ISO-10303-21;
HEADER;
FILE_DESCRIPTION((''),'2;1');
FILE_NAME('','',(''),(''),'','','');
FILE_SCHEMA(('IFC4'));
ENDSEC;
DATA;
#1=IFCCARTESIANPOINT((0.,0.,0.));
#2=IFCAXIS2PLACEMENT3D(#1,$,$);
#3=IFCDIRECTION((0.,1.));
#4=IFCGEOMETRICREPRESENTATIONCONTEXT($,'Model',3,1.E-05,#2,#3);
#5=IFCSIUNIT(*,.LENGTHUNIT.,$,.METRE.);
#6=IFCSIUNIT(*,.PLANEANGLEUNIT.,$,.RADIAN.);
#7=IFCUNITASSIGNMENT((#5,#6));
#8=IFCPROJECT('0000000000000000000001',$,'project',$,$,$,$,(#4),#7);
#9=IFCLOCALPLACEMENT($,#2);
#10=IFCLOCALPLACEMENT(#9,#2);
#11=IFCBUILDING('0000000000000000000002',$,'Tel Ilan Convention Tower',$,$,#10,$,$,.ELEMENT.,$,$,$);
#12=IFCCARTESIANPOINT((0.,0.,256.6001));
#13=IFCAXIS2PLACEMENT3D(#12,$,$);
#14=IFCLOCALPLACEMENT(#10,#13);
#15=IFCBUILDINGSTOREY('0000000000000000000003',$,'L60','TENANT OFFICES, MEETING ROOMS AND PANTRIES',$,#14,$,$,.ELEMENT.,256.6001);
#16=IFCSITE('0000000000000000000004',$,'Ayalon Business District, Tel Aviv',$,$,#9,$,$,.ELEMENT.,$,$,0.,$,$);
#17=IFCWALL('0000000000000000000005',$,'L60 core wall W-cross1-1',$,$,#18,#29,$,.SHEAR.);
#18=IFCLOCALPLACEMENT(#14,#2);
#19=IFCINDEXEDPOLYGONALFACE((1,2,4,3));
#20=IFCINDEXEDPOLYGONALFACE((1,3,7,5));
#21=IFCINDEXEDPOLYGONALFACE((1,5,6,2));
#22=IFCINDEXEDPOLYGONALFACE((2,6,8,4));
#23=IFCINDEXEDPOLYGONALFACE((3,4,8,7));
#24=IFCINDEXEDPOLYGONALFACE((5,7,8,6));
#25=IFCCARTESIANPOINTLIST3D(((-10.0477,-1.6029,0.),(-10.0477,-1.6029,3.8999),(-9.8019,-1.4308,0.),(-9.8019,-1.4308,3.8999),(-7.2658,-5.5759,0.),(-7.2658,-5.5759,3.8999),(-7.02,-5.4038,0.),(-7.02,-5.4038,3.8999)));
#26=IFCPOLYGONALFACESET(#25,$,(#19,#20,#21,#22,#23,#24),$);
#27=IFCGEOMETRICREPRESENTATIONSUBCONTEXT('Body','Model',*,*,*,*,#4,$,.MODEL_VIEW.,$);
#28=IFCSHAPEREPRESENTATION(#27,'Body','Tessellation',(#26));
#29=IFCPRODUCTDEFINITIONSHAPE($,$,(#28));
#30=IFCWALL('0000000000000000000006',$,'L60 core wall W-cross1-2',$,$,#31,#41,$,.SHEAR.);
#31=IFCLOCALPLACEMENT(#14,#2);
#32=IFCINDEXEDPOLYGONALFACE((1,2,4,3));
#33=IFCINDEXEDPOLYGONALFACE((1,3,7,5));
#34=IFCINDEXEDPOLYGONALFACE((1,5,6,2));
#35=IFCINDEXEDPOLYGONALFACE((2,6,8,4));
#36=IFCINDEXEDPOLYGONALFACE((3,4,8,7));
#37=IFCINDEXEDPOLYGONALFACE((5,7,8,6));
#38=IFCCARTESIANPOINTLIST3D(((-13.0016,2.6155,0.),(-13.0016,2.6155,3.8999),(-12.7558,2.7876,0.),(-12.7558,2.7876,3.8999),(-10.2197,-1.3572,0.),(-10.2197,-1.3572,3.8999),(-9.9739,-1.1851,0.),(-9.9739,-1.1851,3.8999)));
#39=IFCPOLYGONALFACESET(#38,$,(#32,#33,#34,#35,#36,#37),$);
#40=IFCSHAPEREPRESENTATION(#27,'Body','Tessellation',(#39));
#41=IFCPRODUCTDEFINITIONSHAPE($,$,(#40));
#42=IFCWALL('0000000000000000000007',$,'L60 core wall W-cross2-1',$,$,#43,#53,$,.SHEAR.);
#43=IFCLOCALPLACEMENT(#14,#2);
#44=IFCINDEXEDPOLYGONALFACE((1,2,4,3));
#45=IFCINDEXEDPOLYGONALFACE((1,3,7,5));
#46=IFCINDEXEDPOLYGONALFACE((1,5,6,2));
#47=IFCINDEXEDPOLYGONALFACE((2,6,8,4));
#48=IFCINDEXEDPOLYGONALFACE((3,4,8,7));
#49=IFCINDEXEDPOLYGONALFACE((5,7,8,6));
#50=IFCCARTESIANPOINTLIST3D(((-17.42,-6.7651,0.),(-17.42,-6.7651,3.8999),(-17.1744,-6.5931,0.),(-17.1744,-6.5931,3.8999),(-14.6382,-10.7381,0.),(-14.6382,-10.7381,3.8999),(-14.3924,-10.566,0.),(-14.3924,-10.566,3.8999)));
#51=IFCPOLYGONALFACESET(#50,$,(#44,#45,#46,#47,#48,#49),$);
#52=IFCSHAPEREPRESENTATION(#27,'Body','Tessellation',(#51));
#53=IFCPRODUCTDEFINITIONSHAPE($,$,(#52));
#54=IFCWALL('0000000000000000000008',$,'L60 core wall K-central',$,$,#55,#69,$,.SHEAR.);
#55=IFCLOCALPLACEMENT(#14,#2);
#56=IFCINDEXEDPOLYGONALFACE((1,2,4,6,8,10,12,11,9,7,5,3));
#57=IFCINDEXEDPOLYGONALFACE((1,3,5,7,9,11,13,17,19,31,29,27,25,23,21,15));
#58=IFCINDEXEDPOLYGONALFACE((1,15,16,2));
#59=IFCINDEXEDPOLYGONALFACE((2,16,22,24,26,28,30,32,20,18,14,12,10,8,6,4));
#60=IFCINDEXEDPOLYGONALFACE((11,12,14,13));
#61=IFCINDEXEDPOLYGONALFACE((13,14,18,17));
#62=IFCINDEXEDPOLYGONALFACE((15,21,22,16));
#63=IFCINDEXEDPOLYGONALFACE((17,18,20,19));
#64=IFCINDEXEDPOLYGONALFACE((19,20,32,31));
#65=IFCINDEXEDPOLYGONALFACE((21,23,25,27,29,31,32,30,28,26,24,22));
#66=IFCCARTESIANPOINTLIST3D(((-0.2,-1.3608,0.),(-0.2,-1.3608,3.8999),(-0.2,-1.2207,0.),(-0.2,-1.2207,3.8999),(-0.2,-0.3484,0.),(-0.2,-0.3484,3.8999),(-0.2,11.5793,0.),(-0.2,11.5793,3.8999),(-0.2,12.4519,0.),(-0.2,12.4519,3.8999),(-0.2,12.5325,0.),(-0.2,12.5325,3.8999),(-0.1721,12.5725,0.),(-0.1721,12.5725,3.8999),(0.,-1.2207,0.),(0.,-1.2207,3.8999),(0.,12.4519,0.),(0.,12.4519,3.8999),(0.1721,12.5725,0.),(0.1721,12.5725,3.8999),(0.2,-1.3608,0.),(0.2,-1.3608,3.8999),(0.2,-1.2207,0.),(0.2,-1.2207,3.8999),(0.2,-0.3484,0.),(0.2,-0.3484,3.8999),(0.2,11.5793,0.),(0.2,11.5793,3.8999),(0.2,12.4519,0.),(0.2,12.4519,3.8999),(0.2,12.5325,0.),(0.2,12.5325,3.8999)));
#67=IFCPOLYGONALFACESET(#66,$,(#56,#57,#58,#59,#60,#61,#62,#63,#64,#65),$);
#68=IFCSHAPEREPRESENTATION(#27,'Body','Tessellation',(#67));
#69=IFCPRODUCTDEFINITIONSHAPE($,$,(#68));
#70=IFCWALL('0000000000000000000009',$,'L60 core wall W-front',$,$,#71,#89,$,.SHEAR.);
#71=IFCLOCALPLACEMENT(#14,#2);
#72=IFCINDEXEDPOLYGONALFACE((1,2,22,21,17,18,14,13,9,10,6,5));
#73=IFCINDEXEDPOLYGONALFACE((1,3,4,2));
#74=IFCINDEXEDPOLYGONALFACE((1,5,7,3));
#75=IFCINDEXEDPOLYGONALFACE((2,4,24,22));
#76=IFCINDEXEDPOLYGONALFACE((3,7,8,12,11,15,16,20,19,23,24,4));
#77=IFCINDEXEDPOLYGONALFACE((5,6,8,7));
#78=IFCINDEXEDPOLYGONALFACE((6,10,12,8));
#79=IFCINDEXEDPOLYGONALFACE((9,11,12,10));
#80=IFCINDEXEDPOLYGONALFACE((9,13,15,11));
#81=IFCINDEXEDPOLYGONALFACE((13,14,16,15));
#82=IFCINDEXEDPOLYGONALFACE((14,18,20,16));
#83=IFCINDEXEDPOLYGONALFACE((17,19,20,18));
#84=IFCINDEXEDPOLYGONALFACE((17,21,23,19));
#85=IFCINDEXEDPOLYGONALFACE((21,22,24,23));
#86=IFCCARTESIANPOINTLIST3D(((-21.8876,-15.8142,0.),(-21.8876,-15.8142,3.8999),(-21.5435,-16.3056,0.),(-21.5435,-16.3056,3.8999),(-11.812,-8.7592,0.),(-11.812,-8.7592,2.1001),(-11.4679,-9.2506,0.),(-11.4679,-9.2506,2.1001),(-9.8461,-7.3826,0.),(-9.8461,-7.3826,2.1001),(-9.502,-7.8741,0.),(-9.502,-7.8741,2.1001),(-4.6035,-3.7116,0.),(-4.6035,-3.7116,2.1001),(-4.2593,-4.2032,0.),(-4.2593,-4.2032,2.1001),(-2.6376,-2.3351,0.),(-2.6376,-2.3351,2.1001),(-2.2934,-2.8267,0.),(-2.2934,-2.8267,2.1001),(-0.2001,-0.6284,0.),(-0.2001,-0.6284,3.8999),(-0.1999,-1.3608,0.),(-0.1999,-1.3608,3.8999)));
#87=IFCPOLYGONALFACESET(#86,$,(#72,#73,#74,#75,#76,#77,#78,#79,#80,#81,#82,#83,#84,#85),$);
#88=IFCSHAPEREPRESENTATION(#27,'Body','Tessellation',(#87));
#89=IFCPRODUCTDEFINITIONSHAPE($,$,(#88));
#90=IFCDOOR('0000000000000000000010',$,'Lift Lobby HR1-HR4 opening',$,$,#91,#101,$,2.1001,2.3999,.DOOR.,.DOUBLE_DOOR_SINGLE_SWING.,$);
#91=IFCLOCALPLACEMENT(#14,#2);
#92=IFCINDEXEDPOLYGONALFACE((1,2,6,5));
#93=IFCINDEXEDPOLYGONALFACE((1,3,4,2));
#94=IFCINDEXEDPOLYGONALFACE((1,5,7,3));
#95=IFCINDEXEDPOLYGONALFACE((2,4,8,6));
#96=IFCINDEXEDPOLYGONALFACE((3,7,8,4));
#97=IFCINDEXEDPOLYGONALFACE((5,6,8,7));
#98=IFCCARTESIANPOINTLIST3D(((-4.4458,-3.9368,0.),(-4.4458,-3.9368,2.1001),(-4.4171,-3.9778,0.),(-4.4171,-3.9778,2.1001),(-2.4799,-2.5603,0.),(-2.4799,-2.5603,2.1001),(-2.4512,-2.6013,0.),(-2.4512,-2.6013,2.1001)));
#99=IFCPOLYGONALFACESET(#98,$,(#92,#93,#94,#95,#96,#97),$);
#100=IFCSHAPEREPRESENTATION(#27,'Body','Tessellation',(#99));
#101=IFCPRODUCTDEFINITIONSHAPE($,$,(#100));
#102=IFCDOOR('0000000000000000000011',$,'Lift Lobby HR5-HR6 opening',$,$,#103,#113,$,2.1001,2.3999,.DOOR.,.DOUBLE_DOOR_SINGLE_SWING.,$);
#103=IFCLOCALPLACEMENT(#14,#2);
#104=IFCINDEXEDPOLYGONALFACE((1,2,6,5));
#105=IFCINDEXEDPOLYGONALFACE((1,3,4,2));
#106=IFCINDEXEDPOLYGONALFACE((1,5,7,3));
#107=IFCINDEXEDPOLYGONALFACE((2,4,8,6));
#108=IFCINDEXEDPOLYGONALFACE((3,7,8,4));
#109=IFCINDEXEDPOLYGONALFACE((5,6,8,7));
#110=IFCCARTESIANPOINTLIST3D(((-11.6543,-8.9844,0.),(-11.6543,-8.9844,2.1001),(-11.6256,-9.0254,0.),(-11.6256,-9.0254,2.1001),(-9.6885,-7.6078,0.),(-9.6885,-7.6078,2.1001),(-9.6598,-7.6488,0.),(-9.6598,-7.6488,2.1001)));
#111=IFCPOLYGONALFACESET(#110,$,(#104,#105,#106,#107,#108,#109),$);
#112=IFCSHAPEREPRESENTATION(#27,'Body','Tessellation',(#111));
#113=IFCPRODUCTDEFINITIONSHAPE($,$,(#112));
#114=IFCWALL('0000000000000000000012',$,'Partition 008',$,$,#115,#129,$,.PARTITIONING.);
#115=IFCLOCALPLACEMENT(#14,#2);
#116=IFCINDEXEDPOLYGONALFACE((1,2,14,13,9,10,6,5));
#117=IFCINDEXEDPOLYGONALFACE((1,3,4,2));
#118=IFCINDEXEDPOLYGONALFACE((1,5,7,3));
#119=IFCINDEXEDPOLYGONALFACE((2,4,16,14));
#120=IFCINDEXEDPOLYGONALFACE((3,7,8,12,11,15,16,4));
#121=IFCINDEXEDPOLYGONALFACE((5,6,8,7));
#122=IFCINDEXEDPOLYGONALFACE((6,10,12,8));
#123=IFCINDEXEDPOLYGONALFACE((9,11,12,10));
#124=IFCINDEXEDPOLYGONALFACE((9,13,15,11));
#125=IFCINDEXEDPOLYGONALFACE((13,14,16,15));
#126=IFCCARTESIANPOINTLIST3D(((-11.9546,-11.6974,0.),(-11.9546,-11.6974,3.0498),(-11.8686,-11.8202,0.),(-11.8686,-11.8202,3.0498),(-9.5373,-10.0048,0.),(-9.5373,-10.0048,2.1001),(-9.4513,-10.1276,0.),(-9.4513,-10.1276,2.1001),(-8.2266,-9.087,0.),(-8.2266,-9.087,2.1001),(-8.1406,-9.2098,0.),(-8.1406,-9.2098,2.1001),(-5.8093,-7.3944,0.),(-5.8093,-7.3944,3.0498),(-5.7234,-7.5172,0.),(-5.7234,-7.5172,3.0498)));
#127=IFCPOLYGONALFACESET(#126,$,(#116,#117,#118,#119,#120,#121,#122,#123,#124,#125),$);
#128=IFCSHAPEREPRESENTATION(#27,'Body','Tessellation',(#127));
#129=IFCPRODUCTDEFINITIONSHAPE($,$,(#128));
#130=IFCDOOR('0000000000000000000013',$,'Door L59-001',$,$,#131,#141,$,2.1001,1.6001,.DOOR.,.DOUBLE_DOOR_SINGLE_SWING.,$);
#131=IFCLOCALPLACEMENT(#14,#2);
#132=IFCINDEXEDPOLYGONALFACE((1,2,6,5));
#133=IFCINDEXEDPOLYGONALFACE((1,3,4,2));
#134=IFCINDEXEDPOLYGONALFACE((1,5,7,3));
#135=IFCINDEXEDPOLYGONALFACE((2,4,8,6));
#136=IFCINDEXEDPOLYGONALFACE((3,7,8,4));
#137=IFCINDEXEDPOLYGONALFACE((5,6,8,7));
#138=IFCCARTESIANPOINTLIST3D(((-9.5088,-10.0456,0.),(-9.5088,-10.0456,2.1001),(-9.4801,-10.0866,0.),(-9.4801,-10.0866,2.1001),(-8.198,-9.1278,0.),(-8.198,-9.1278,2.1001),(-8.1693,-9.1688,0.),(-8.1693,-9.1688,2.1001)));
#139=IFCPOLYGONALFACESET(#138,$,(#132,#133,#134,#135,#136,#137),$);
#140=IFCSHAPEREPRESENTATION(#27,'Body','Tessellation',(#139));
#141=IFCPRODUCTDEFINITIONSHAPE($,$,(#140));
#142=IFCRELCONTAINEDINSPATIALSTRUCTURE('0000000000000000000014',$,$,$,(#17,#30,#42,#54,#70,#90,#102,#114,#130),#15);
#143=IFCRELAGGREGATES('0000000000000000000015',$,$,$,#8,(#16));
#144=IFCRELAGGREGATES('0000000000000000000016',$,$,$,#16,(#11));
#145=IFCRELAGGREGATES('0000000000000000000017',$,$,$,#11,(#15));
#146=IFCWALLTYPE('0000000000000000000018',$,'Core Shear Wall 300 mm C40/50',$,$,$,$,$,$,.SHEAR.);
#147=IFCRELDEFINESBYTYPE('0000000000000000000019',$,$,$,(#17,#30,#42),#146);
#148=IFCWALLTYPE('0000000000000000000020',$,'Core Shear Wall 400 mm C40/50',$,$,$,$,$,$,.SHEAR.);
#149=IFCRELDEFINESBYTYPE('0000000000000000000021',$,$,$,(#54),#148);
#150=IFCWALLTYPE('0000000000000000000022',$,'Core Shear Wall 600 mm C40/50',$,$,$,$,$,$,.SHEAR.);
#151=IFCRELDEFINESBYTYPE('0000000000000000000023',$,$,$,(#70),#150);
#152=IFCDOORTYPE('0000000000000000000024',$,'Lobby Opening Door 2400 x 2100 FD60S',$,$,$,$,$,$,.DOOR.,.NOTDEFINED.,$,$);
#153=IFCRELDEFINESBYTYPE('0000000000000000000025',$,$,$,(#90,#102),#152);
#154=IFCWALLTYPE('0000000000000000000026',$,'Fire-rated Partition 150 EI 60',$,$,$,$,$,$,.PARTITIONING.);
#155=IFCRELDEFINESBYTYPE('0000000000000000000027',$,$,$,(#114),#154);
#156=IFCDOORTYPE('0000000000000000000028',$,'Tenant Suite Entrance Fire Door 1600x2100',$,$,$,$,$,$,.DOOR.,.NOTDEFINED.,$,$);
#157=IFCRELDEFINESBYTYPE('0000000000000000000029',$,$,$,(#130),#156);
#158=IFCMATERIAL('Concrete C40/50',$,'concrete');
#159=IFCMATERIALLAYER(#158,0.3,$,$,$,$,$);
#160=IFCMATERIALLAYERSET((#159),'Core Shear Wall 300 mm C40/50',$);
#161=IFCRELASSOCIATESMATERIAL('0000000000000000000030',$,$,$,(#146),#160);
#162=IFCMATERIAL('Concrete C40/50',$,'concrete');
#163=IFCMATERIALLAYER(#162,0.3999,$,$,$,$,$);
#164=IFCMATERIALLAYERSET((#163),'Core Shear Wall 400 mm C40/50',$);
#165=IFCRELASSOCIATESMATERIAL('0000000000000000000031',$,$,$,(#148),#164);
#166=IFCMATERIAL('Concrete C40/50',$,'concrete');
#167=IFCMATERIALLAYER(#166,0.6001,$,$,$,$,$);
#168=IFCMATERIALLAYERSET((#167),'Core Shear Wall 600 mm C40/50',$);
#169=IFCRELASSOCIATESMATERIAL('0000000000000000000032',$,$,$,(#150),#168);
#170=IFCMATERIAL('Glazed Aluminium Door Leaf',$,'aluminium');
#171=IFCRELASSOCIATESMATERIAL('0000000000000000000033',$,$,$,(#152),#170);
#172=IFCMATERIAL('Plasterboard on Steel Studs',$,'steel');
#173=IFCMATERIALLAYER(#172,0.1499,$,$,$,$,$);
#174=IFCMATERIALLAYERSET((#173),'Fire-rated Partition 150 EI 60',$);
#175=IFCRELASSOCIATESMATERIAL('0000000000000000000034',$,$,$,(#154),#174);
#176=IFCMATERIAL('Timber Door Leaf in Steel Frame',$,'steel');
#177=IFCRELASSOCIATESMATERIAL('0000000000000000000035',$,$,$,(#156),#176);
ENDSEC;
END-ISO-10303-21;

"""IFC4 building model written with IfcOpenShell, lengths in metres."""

from ifc_helpers import new_model, si_unit, direction, frame, frame_2d, origin, place, context, subcontext, project, spatial, polyline, rectangle, outline, extrude, material, layer, layer_set, type_object, element, fill, save


model = new_model("IFC4")

# Units and contexts
model_context = context("Model", 3, precision=1e-05, world=origin(), true_north=direction((0.0, 1.0)))
body_context = subcontext(model_context, "Body", "Model", "MODEL_VIEW")
ifc_project = project(units=[si_unit("LENGTHUNIT", "METRE"), si_unit("PLANEANGLEUNIT", "RADIAN")], contexts=[model_context])

# Site, building, storey
site_placement = place(None, origin())
site = spatial("IfcSite", under=ifc_project, at=site_placement, Name="Ayalon Business District, Tel Aviv", CompositionType="ELEMENT", RefElevation=0.0)
building_placement = place(site_placement, origin())
building = spatial("IfcBuilding", under=site, at=building_placement, Name="Tel Ilan Convention Tower", CompositionType="ELEMENT")
storey_placement = place(building_placement, frame((0.0, 0.0, 256.6001)))
storey = spatial("IfcBuildingStorey", under=building, at=storey_placement, Name="L60", Description="TENANT OFFICES, MEETING ROOMS AND PANTRIES", CompositionType="ELEMENT", Elevation=256.6001)

# Walls
ifc_material_1 = material(Name="Concrete C40/50", Category="concrete")
ifc_layer_1 = layer(ifc_material_1, 0.3)
ifc_layer_set_1 = layer_set([ifc_layer_1], Name="Core Shear Wall 300 mm C40/50")
wall_type_1 = type_object("IfcWallType", Name="Core Shear Wall 300 mm C40/50", PredefinedType="SHEAR", material=ifc_layer_set_1)
wall_1_placement = place(storey_placement, frame((-7.1428, -5.4897, 0.0), z_axis=(0.0, 0.0, 1.0), x_axis=(-0.573618, 0.819123, 0.0)))
element("IfcWall", 1, at=wall_1_placement, inside=storey, type_object=wall_type_1, Name="L60 core wall W-cross1-1", PredefinedType="SHEAR", context=body_context, shape_type="SweptSolid", body=[
    extrude(outline(polyline([(4.8501, 0.1499), (0.0, 0.1501), (0.0, -0.1499), (4.8501, -0.1501), (4.8501, 0.1499)])), origin(), (0.0, 0.0, 1.0), 3.8999),
])
wall_2_placement = place(storey_placement, frame((-10.0969, -1.2712, 0.0), z_axis=(0.0, 0.0, 1.0), x_axis=(-0.57356, 0.819163, 0.0)))
element("IfcWall", 2, at=wall_2_placement, inside=storey, type_object=wall_type_1, Name="L60 core wall W-cross1-2", PredefinedType="SHEAR", context=body_context, shape_type="SweptSolid", body=[
    extrude(outline(polyline([(4.8499, -0.1499), (4.8499, 0.1501), (0.0, 0.1499), (0.0, -0.1501), (4.8499, -0.1499)])), origin(), (0.0, 0.0, 1.0), 3.8999),
])
wall_3_placement = place(storey_placement, frame((-14.5154, -10.6521, 0.0), z_axis=(0.0, 0.0, 1.0), x_axis=(-0.57356, 0.819163, 0.0)))
element("IfcWall", 3, at=wall_3_placement, inside=storey, type_object=wall_type_1, Name="L60 core wall W-cross2-1", PredefinedType="SHEAR", context=body_context, shape_type="SweptSolid", body=[
    extrude(outline(polyline([(4.8501, 0.1499), (0.0, 0.1499), (0.0, -0.1501), (4.8501, -0.1499), (4.8501, 0.1499)])), origin(), (0.0, 0.0, 1.0), 3.8999),
])
ifc_material_2 = material(Name="Concrete C40/50", Category="concrete")
ifc_layer_2 = layer(ifc_material_2, 0.3999)
ifc_layer_set_2 = layer_set([ifc_layer_2], Name="Core Shear Wall 400 mm C40/50")
wall_type_2 = type_object("IfcWallType", Name="Core Shear Wall 400 mm C40/50", PredefinedType="SHEAR", material=ifc_layer_set_2)
wall_4_placement = place(storey_placement, frame((0.0, -1.3608, 0.0), z_axis=(0.0, 0.0, 1.0), x_axis=(0.0, 1.0, 0.0)))
element("IfcWall", 4, at=wall_4_placement, inside=storey, type_object=wall_type_2, Name="L60 core wall K-central", PredefinedType="SHEAR", context=body_context, shape_type="SweptSolid", body=[
    extrude(outline(polyline([(0.1401, 0.2), (0.0, 0.2), (0.1401, 0.0), (0.0, -0.2), (0.1401, -0.2), (1.0125, -0.2), (12.9402, -0.2), (13.8127, -0.2), (13.8933, -0.2), (13.9333, -0.1721), (13.8127, 0.0), (13.9333, 0.1721), (13.8933, 0.2), (13.8127, 0.2), (12.9402, 0.2), (1.0125, 0.2), (0.1401, 0.2)])), origin(), (0.0, 0.0, 1.0), 3.8999),
])

# Wall, openings, doors
ifc_material_3 = material(Name="Concrete C40/50", Category="concrete")
ifc_layer_3 = layer(ifc_material_3, 0.6001)
ifc_layer_set_3 = layer_set([ifc_layer_3], Name="Core Shear Wall 600 mm C40/50")
wall_type_3 = type_object("IfcWallType", Name="Core Shear Wall 600 mm C40/50", PredefinedType="SHEAR", material=ifc_layer_set_3)
wall_5_placement = place(storey_placement, frame((-0.0278, -0.874, 0.0), z_axis=(0.0, 0.0, 1.0), x_axis=(-0.81915, -0.573579, 0.0)))
wall_5 = element("IfcWall", 5, at=wall_5_placement, inside=storey, type_object=wall_type_3, Name="L60 core wall W-front", PredefinedType="SHEAR", context=body_context, shape_type="SweptSolid", body=[
    extrude(outline(polyline([(26.4758, 0.2998), (0.4202, 0.3), (0.0002, -0.3), (26.4758, -0.3), (26.4758, 0.2998)])), origin(), (0.0, 0.0, 1.0), 3.8999),
])
opening_1_placement = place(wall_5_placement, frame((2.9758, 0.0, 0.0)))
opening_1 = element("IfcOpeningElement", 6, at=opening_1_placement, cuts=wall_5, PredefinedType="OPENING", context=body_context, shape_type="SweptSolid", body=[
    extrude(rectangle(XDim=2.3999, YDim=2.1001, at=frame_2d((1.2, 1.05))), frame((0.0, 0.3101, 0.0), z_axis=(0.0, -1.0, 0.0), x_axis=(1.0, 0.0, 0.0)), (0.0, 0.0, 1.0), 0.6201),
])
opening_2_placement = place(wall_5_placement, frame((11.7759, 0.0, 0.0)))
opening_2 = element("IfcOpeningElement", 7, at=opening_2_placement, cuts=wall_5, PredefinedType="OPENING", context=body_context, shape_type="SweptSolid", body=[
    extrude(rectangle(XDim=2.3999, YDim=2.1001, at=frame_2d((1.2, 1.05))), frame((0.0, 0.3101, 0.0), z_axis=(0.0, -1.0, 0.0), x_axis=(1.0, 0.0, 0.0)), (0.0, 0.0, 1.0), 0.6201),
])
ifc_material_4 = material(Name="Glazed Aluminium Door Leaf", Category="aluminium")
door_type_1 = type_object("IfcDoorType", Name="Lobby Opening Door 2400 x 2100 FD60S", OperationType="NOTDEFINED", PredefinedType="DOOR", material=ifc_material_4)
door_1_placement = place(opening_1_placement, origin())
door_1 = element("IfcDoor", 8, at=door_1_placement, inside=storey, type_object=door_type_1, Name="Lift Lobby HR1-HR4 opening", OperationType="DOUBLE_DOOR_SINGLE_SWING", OverallHeight=2.1001, OverallWidth=2.3999, PredefinedType="DOOR", context=body_context, shape_type="SweptSolid", body=[
    extrude(rectangle(XDim=2.3999, YDim=2.1001, at=frame_2d((1.2, 1.05))), frame((0.0, 0.0249, 0.0), z_axis=(0.0, -1.0, 0.0), x_axis=(1.0, 0.0, 0.0)), (0.0, 0.0, 1.0), 0.05),
])
fill(opening_1, door_1)
door_2_placement = place(opening_2_placement, origin())
door_2 = element("IfcDoor", 9, at=door_2_placement, inside=storey, type_object=door_type_1, Name="Lift Lobby HR5-HR6 opening", OperationType="DOUBLE_DOOR_SINGLE_SWING", OverallHeight=2.1001, OverallWidth=2.3999, PredefinedType="DOOR", context=body_context, shape_type="SweptSolid", body=[
    extrude(rectangle(XDim=2.3999, YDim=2.1001, at=frame_2d((1.2, 1.05))), frame((0.0, 0.0249, 0.0), z_axis=(0.0, -1.0, 0.0), x_axis=(1.0, 0.0, 0.0)), (0.0, 0.0, 1.0), 0.05),
])
fill(opening_2, door_2)

# Wall, opening, door
ifc_material_5 = material(Name="Plasterboard on Steel Studs", Category="steel")
ifc_layer_4 = layer(ifc_material_5, 0.1499)
ifc_layer_set_4 = layer_set([ifc_layer_4], Name="Fire-rated Partition 150 EI 60")
wall_type_4 = type_object("IfcWallType", Name="Fire-rated Partition 150 EI 60", PredefinedType="PARTITIONING", material=ifc_layer_set_4)
wall_6_placement = place(storey_placement, frame((-5.7664, -7.4558, 0.0), z_axis=(0.0, 0.0, 1.0), x_axis=(-0.819151, -0.573578, 0.0)))
wall_6 = element("IfcWall", 10, at=wall_6_placement, inside=storey, type_object=wall_type_4, Name="Partition 008", PredefinedType="PARTITIONING", context=body_context, shape_type="SweptSolid", body=[
    extrude(rectangle(XDim=7.502, YDim=0.1499, at=frame_2d((3.751, 0.0))), origin(), (0.0, 0.0, 1.0), 3.0498),
])
opening_3_placement = place(wall_6_placement, frame((2.9509, 0.0, 0.0)))
opening_3 = element("IfcOpeningElement", 11, at=opening_3_placement, cuts=wall_6, PredefinedType="OPENING", context=body_context, shape_type="SweptSolid", body=[
    extrude(rectangle(XDim=1.6001, YDim=2.1001, at=frame_2d((0.8, 1.05))), frame((0.0, 0.085, 0.0), z_axis=(0.0, -1.0, 0.0), x_axis=(1.0, 0.0, 0.0)), (0.0, 0.0, 1.0), 0.1699),
])
ifc_material_6 = material(Name="Timber Door Leaf in Steel Frame", Category="steel")
door_type_2 = type_object("IfcDoorType", Name="Tenant Suite Entrance Fire Door 1600x2100", OperationType="NOTDEFINED", PredefinedType="DOOR", material=ifc_material_6)
door_3_placement = place(opening_3_placement, origin())
door_3 = element("IfcDoor", 12, at=door_3_placement, inside=storey, type_object=door_type_2, Name="Door L59-001", OperationType="DOUBLE_DOOR_SINGLE_SWING", OverallHeight=2.1001, OverallWidth=1.6001, PredefinedType="DOOR", context=body_context, shape_type="SweptSolid", body=[
    extrude(rectangle(XDim=1.6001, YDim=2.1001, at=frame_2d((0.8, 1.05))), frame((0.0, 0.0249, 0.0), z_axis=(0.0, -1.0, 0.0), x_axis=(1.0, 0.0, 0.0)), (0.0, 0.0, 1.0), 0.05),
])
fill(opening_3, door_3)

save(model, "model.ifc")
